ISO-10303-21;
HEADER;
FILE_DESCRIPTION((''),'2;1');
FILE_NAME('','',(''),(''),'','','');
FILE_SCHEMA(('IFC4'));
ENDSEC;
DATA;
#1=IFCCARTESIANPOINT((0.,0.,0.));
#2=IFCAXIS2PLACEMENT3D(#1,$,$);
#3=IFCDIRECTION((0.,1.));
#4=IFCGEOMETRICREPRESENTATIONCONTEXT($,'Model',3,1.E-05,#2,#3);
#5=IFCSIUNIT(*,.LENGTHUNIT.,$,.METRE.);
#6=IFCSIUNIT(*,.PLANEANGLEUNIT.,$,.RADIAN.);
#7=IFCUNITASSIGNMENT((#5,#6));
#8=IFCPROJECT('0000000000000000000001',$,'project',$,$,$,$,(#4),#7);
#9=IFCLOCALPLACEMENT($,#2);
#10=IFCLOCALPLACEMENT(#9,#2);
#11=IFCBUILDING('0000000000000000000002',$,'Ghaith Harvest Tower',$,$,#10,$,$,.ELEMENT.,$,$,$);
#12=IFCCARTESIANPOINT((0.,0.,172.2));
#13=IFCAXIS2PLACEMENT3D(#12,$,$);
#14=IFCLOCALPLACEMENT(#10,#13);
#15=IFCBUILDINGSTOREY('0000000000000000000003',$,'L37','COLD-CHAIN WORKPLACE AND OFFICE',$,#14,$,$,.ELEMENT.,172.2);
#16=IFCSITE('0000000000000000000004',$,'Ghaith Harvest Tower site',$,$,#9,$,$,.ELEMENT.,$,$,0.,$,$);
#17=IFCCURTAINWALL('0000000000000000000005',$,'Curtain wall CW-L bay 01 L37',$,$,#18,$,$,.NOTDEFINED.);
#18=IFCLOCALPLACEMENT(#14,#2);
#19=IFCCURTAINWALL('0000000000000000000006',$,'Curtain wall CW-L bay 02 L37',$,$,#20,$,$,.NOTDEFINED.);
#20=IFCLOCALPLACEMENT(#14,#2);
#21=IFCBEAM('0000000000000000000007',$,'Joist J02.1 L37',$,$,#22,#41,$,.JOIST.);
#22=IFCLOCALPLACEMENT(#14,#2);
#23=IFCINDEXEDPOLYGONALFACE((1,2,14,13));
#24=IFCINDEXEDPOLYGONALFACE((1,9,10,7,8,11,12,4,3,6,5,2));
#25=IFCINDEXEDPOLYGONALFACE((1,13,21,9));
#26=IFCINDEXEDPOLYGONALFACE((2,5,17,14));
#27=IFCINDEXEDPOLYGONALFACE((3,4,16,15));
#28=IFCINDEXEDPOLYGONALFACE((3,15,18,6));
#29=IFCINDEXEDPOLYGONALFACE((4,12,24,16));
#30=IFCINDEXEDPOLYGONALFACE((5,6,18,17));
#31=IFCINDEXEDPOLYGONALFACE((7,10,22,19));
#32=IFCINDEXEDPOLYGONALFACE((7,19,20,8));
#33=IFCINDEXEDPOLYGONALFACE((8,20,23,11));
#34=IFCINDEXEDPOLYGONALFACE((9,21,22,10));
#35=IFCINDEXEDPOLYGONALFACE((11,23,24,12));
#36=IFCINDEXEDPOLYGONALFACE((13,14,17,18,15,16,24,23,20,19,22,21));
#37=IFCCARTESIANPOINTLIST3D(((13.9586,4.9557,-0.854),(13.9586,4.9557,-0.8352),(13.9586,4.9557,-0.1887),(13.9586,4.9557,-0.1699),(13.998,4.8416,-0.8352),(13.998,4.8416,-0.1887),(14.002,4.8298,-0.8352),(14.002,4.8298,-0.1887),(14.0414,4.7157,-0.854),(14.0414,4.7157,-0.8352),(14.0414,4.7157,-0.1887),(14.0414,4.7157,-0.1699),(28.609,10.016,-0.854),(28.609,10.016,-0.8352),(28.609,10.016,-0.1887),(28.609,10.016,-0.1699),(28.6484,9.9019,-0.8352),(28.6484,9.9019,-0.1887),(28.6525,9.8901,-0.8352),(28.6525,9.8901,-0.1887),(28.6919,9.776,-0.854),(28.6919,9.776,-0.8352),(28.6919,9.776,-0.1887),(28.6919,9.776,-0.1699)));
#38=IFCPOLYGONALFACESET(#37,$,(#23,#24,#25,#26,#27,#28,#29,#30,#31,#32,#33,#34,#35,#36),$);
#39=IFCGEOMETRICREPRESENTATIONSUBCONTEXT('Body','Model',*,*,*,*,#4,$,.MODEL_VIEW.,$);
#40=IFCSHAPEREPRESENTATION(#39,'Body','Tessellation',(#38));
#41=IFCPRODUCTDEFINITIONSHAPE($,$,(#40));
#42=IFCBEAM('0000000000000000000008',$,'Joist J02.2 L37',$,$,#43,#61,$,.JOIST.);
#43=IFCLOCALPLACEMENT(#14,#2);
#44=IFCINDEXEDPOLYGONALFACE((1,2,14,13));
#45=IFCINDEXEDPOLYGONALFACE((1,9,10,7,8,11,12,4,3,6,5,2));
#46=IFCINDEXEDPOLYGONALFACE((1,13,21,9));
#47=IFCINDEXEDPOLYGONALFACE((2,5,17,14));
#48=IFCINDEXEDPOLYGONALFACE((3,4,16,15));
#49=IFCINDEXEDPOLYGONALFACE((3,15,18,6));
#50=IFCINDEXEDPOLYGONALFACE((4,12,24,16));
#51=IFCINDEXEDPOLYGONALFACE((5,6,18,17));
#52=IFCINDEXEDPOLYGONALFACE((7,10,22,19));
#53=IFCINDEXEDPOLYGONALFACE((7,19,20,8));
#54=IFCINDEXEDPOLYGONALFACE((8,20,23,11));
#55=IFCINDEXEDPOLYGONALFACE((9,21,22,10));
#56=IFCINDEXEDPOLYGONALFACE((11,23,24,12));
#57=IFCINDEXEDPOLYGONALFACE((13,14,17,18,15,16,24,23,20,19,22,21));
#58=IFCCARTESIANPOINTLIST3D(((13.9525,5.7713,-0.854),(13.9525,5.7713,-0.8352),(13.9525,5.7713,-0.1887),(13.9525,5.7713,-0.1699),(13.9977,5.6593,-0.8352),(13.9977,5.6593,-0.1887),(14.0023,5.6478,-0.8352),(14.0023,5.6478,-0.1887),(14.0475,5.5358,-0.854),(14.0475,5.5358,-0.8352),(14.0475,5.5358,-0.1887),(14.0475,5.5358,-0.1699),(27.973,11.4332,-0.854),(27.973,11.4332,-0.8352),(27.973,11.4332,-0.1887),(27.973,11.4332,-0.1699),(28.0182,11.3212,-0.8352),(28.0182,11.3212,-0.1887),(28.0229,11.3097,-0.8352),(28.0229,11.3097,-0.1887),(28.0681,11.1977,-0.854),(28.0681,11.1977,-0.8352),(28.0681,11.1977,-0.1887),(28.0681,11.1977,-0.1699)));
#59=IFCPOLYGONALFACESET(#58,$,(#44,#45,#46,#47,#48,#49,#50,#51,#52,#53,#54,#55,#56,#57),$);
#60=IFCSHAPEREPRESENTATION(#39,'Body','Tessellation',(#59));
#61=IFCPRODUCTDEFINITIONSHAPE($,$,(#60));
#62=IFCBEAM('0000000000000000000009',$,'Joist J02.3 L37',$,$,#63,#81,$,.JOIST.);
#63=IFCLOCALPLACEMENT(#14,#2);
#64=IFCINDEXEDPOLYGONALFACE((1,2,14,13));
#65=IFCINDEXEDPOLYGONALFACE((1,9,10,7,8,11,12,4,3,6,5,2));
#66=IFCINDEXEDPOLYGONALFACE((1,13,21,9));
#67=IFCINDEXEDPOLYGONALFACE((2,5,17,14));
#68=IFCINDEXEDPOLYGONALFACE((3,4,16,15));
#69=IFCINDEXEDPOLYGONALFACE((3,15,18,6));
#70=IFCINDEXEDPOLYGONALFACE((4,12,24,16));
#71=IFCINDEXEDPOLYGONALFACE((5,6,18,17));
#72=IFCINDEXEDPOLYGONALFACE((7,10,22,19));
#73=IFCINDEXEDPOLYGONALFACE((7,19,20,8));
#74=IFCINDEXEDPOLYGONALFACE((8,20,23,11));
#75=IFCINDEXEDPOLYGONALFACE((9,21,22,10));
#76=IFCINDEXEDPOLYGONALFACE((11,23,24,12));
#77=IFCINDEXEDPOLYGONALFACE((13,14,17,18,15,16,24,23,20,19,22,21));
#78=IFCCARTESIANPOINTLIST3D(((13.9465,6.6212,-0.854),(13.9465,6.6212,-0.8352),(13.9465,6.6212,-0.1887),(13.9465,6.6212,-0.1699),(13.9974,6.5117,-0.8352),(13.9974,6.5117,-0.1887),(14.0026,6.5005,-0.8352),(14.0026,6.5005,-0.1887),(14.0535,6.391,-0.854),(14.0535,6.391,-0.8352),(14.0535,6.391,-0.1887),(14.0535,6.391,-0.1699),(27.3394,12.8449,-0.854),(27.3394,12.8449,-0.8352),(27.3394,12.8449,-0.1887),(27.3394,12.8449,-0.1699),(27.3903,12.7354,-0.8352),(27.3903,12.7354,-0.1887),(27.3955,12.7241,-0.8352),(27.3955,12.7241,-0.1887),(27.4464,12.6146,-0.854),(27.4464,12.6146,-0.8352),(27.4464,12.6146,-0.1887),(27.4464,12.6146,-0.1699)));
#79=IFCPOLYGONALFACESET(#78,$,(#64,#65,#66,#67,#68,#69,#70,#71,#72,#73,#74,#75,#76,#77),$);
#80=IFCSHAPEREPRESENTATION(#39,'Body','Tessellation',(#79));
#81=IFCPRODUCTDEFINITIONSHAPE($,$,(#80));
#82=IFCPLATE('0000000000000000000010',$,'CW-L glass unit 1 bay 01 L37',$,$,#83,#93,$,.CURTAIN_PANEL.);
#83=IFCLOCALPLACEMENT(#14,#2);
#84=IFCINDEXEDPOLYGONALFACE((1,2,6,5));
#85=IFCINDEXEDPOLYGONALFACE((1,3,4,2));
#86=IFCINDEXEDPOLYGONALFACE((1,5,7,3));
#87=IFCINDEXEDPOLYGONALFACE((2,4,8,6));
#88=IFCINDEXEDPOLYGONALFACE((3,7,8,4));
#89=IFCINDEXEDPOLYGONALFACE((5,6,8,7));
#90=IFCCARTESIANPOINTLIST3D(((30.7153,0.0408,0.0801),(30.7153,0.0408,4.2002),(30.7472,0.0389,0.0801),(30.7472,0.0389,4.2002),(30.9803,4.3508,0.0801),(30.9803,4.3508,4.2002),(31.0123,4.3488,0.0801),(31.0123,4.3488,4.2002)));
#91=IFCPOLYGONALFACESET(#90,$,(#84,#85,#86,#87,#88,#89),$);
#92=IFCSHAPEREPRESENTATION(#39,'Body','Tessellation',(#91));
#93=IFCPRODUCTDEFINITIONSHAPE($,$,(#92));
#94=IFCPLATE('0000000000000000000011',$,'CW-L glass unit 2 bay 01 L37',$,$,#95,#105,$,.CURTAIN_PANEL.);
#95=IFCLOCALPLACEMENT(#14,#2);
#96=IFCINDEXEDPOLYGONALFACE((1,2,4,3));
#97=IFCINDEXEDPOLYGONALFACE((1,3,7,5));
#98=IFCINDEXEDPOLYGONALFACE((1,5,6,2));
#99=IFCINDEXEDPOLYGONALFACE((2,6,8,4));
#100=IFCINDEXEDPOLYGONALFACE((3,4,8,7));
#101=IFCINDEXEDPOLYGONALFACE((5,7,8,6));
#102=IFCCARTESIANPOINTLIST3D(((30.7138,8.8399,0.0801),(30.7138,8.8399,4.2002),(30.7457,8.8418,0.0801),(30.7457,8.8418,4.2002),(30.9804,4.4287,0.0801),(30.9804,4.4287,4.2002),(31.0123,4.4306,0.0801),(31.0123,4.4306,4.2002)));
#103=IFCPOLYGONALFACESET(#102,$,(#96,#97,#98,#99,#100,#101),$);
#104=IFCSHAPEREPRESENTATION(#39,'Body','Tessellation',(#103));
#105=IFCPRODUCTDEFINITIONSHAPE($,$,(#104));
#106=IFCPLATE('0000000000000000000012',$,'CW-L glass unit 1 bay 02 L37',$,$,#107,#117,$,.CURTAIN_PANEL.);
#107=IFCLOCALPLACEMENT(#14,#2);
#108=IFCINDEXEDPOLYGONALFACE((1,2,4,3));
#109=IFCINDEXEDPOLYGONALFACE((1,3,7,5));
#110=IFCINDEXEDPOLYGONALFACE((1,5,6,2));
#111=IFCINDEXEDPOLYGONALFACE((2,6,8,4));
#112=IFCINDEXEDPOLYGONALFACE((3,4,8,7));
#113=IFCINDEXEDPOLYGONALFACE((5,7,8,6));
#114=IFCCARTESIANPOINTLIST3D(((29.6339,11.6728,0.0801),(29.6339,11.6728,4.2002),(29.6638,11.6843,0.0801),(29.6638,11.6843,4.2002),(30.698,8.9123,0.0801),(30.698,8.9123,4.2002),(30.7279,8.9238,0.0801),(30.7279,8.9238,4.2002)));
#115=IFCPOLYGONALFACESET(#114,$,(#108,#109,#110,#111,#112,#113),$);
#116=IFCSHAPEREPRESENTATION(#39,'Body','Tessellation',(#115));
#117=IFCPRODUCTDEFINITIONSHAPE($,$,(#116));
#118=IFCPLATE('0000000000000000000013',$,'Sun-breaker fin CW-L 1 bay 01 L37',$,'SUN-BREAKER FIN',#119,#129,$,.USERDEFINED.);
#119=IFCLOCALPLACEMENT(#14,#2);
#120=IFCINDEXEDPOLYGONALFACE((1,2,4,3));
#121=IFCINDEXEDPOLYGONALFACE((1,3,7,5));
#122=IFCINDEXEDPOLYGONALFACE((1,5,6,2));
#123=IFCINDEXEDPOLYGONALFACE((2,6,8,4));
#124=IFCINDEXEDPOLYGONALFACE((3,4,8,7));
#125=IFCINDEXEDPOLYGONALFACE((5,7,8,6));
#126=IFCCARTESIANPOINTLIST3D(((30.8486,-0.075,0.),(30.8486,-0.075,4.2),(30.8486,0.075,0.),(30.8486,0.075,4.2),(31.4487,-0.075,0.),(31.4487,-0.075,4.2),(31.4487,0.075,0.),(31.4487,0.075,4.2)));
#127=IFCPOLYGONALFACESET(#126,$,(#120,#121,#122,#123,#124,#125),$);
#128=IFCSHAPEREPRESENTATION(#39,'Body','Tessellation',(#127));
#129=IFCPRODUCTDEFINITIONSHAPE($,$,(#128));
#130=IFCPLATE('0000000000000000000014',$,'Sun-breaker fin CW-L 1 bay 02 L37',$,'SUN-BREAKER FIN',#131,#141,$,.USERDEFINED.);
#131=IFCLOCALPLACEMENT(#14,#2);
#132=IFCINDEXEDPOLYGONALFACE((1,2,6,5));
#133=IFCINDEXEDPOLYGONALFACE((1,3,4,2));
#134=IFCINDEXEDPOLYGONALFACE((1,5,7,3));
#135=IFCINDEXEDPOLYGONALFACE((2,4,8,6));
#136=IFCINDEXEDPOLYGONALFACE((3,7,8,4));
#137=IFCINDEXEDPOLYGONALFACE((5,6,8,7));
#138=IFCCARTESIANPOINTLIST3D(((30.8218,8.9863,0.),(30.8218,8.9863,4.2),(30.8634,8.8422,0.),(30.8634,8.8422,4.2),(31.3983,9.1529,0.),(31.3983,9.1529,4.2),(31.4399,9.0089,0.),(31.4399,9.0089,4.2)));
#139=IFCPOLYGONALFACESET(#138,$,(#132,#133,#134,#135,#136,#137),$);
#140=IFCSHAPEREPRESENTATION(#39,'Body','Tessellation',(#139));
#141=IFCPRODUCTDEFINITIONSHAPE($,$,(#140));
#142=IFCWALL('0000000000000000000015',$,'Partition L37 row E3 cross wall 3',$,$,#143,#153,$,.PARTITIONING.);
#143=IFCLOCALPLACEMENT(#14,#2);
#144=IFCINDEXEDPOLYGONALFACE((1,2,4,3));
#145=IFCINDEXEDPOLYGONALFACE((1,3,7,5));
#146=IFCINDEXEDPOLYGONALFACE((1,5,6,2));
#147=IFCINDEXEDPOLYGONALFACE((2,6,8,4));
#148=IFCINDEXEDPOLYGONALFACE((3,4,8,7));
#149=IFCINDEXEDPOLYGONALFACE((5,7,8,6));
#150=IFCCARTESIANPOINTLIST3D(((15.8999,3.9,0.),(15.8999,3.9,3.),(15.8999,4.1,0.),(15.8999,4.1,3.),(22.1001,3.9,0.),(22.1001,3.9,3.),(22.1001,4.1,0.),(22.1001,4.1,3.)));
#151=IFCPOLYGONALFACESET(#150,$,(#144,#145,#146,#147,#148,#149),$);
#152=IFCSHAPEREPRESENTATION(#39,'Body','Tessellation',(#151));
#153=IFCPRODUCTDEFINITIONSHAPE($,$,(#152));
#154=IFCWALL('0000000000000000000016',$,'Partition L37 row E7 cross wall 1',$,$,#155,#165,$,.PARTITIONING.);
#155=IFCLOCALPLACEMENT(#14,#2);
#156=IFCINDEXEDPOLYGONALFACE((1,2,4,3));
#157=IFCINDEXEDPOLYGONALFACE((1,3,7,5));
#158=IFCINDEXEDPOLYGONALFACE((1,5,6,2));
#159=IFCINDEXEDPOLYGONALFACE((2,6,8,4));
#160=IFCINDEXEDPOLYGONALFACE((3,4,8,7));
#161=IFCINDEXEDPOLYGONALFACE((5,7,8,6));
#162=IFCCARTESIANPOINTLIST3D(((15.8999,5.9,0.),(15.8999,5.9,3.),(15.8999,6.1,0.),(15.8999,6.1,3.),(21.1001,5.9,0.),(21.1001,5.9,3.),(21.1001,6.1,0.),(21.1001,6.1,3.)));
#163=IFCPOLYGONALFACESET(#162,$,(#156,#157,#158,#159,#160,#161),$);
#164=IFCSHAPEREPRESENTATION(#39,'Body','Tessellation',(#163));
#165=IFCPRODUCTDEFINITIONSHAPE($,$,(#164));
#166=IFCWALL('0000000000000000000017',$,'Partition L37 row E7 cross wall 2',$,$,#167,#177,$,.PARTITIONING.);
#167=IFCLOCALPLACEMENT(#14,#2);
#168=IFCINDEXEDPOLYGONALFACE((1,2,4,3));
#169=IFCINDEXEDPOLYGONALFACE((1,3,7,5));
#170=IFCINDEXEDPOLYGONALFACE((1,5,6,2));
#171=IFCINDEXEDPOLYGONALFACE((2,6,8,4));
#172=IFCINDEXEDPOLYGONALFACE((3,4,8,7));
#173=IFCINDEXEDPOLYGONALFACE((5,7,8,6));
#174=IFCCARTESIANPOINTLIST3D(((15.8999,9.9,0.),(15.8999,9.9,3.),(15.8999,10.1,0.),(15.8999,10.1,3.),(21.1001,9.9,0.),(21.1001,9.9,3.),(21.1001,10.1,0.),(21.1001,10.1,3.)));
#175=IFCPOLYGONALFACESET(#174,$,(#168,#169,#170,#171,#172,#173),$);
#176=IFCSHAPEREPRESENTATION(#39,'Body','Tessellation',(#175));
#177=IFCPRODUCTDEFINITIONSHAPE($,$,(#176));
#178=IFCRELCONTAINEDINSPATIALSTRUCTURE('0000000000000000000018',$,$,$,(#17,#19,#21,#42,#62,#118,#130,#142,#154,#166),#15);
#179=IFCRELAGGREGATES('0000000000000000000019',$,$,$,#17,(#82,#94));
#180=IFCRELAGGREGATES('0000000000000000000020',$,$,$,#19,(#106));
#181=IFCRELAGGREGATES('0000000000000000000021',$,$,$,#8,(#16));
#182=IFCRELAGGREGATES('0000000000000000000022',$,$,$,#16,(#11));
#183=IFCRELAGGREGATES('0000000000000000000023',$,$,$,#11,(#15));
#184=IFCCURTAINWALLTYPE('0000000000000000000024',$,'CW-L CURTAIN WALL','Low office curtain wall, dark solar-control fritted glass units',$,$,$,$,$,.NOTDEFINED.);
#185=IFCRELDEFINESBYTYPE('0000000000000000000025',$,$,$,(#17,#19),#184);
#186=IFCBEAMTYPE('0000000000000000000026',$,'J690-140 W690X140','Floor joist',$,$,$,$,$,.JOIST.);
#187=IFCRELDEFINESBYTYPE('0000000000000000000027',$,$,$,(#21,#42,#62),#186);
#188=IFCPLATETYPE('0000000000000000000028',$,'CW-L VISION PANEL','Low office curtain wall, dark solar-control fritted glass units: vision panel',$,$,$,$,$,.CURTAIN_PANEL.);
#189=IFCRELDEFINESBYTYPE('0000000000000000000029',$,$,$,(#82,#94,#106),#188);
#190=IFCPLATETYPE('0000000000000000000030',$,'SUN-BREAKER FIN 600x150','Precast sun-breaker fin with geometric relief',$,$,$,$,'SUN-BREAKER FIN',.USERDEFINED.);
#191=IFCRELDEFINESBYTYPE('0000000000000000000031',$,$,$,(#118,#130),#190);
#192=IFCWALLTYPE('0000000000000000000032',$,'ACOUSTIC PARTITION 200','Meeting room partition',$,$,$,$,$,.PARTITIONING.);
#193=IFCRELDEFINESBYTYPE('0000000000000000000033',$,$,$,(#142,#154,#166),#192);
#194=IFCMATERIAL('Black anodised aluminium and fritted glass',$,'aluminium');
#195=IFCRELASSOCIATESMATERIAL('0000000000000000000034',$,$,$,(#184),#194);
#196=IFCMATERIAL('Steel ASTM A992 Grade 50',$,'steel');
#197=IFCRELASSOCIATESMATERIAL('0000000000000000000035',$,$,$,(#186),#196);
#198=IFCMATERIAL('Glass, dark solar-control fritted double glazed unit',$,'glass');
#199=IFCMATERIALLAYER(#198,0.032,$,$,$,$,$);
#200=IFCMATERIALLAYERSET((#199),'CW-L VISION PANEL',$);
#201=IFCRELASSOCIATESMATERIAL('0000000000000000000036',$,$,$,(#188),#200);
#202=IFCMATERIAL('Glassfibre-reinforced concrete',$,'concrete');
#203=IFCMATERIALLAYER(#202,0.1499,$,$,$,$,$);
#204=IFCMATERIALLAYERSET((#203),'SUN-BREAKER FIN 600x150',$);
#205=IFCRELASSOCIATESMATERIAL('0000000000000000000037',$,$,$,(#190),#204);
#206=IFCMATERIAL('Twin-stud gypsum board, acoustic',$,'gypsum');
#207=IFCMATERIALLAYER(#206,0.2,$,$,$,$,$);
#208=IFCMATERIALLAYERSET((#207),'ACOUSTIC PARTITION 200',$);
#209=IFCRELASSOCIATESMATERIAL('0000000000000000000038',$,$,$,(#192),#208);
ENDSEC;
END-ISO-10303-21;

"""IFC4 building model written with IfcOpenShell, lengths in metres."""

from ifc_helpers import new_model, si_unit, direction, frame, frame_2d, origin, origin_2d, place, context, subcontext, project, spatial, rectangle, i_section, extrude, material, layer, layer_set, material_profile, profile_set, type_object, element, aggregate, save


model = new_model("IFC4")

# Units and contexts
model_context = context("Model", 3, precision=1e-05, world=origin(), true_north=direction((0.0, 1.0)))
body_context = subcontext(model_context, "Body", "Model", "MODEL_VIEW")
ifc_project = project(units=[si_unit("LENGTHUNIT", "METRE"), si_unit("PLANEANGLEUNIT", "RADIAN")], contexts=[model_context])

# Site, building, storey
site_placement = place(None, origin())
site = spatial("IfcSite", under=ifc_project, at=site_placement, Name="Ghaith Harvest Tower site", CompositionType="ELEMENT", RefElevation=0.0)
building_placement = place(site_placement, origin())
building = spatial("IfcBuilding", under=site, at=building_placement, Name="Ghaith Harvest Tower", CompositionType="ELEMENT")
storey_placement = place(building_placement, frame((0.0, 0.0, 172.2)))
storey = spatial("IfcBuildingStorey", under=building, at=storey_placement, Name="L37", Description="COLD-CHAIN WORKPLACE AND OFFICE", CompositionType="ELEMENT", Elevation=172.2)

# Curtain walls
ifc_material_1 = material(Name="Black anodised aluminium and fritted glass", Category="aluminium")
curtain_wall_type = type_object("IfcCurtainWallType", Name="CW-L CURTAIN WALL", Description="Low office curtain wall, dark solar-control fritted glass units", PredefinedType="NOTDEFINED", material=ifc_material_1)
curtain_wall_1_placement = place(storey_placement, origin())
curtain_wall_1 = element("IfcCurtainWall", 1, at=curtain_wall_1_placement, inside=storey, type_object=curtain_wall_type, Name="Curtain wall CW-L bay 01 L37", PredefinedType="NOTDEFINED")
curtain_wall_2_placement = place(storey_placement, origin())
curtain_wall_2 = element("IfcCurtainWall", 2, at=curtain_wall_2_placement, inside=storey, type_object=curtain_wall_type, Name="Curtain wall CW-L bay 02 L37", PredefinedType="NOTDEFINED")

# Beams
ifc_material_2 = material(Name="Steel ASTM A992 Grade 50", Category="steel")
ifc_material_profile_1 = material_profile(ifc_material_2, i_section(OverallWidth=0.2539, OverallDepth=0.6841, WebThickness=0.0125, FlangeThickness=0.0188, at=origin_2d()), Name="W690X140")
ifc_profile_set_1 = profile_set([ifc_material_profile_1], Name="Steel ASTM A992 Grade 50")
beam_type_1 = type_object("IfcBeamType", Name="J690-140 W690X140", Description="Floor joist", PredefinedType="JOIST", material=ifc_profile_set_1)
beam_1_placement = place(storey_placement, frame((14.0, 4.8357, -0.512), z_axis=(0.945205, 0.326478, 0.0), x_axis=(-0.326478, 0.945205, 0.0)))
element("IfcBeam", 3, at=beam_1_placement, inside=storey, type_object=beam_type_1, Name="Joist J02.1 L37", PredefinedType="JOIST", context=body_context, shape_type="SweptSolid", body=[
    extrude(i_section(OverallWidth=0.2539, OverallDepth=0.6841, WebThickness=0.0125, FlangeThickness=0.0188, at=origin_2d()), origin(), (0.0, 0.0, 1.0), 15.4998),
])
beam_2_placement = place(storey_placement, frame((14.0, 5.6536, -0.512), z_axis=(0.927248, 0.374448, 0.0), x_axis=(-0.374448, 0.927248, 0.0)))
element("IfcBeam", 4, at=beam_2_placement, inside=storey, type_object=beam_type_1, Name="Joist J02.2 L37", PredefinedType="JOIST", context=body_context, shape_type="SweptSolid", body=[
    extrude(i_section(OverallWidth=0.2539, OverallDepth=0.6841, WebThickness=0.0125, FlangeThickness=0.0188, at=origin_2d()), origin(), (0.0, 0.0, 1.0), 15.1206),
])
beam_3_placement = place(storey_placement, frame((14.0, 6.5061, -0.512), z_axis=(0.906866, 0.42142, 0.0), x_axis=(-0.42142, 0.906866, 0.0)))
element("IfcBeam", 5, at=beam_3_placement, inside=storey, type_object=beam_type_1, Name="Joist J02.3 L37", PredefinedType="JOIST", context=body_context, shape_type="SweptSolid", body=[
    extrude(i_section(OverallWidth=0.2539, OverallDepth=0.6841, WebThickness=0.0125, FlangeThickness=0.0188, at=origin_2d()), origin(), (0.0, 0.0, 1.0), 14.7683),
])

# Plates
ifc_material_3 = material(Name="Glass, dark solar-control fritted double glazed unit", Category="glass")
ifc_layer_1 = layer(ifc_material_3, 0.032)
ifc_layer_set_1 = layer_set([ifc_layer_1], Name="CW-L VISION PANEL")
plate_type_1 = type_object("IfcPlateType", Name="CW-L VISION PANEL", Description="Low office curtain wall, dark solar-control fritted glass units: vision panel", PredefinedType="CURTAIN_PANEL", material=ifc_layer_set_1)
plate_1_placement = place(storey_placement, frame((30.8638, 2.1948, 0.0801), z_axis=(0.0, 0.0, 1.0), x_axis=(0.06138, 0.998114, 0.0)))
plate_1 = element("IfcPlate", 6, at=plate_1_placement, type_object=plate_type_1, Name="CW-L glass unit 1 bay 01 L37", PredefinedType="CURTAIN_PANEL", context=body_context, shape_type="SweptSolid", body=[
    extrude(rectangle(XDim=4.3181, YDim=0.032, at=origin_2d()), origin(), (0.0, 0.0, 1.0), 4.1201),
])
plate_2_placement = place(storey_placement, frame((30.863, 6.6353, 0.0801), z_axis=(0.0, 0.0, 1.0), x_axis=(-0.060321, 0.998179, 0.0)))
plate_2 = element("IfcPlate", 7, at=plate_2_placement, type_object=plate_type_1, Name="CW-L glass unit 2 bay 01 L37", PredefinedType="CURTAIN_PANEL", context=body_context, shape_type="SweptSolid", body=[
    extrude(rectangle(XDim=4.4192, YDim=0.032, at=origin_2d()), origin(), (0.0, 0.0, 1.0), 4.1201),
])
aggregate(curtain_wall_1, [plate_1, plate_2])
plate_3_placement = place(storey_placement, frame((30.1809, 10.2983, 0.0801), z_axis=(0.0, 0.0, 1.0), x_axis=(-0.359677, 0.933077, 0.0)))
plate_3 = element("IfcPlate", 8, at=plate_3_placement, type_object=plate_type_1, Name="CW-L glass unit 1 bay 02 L37", PredefinedType="CURTAIN_PANEL", context=body_context, shape_type="SweptSolid", body=[
    extrude(rectangle(XDim=2.9585, YDim=0.032, at=origin_2d()), origin(), (0.0, 0.0, 1.0), 4.1201),
])
aggregate(curtain_wall_2, [plate_3])

# Plates
ifc_material_4 = material(Name="Glassfibre-reinforced concrete", Category="concrete")
ifc_layer_2 = layer(ifc_material_4, 0.1499)
ifc_layer_set_2 = layer_set([ifc_layer_2], Name="SUN-BREAKER FIN 600x150")
plate_type_2 = type_object("IfcPlateType", Name="SUN-BREAKER FIN 600x150", Description="Precast sun-breaker fin with geometric relief", ElementType="SUN-BREAKER FIN", PredefinedType="USERDEFINED", material=ifc_layer_set_2)
for number, where, z_axis, x_axis, name in (
    (9, (31.1487, 0.0, 0.0), (0.0, 0.0, 1.0), (1.0, 0.0, 0.0), "Sun-breaker fin CW-L 1 bay 01 L37"),
    (10, (31.1309, 8.9976, 0.0), (0.0, 0.0, 1.0), (0.96068, 0.277657, 0.0), "Sun-breaker fin CW-L 1 bay 02 L37"),
):
    element("IfcPlate", number, at=place(storey_placement, frame(where, z_axis=z_axis, x_axis=x_axis)), inside=storey, type_object=plate_type_2, Name=name, ObjectType="SUN-BREAKER FIN", PredefinedType="USERDEFINED", context=body_context, shape_type="SweptSolid", body=[
        extrude(rectangle(XDim=0.6001, YDim=0.1499, at=origin_2d()), origin(), (0.0, 0.0, 1.0), 4.2),
    ])

# Walls
ifc_material_5 = material(Name="Twin-stud gypsum board, acoustic", Category="gypsum")
ifc_layer_3 = layer(ifc_material_5, 0.2)
ifc_layer_set_3 = layer_set([ifc_layer_3], Name="ACOUSTIC PARTITION 200")
wall_type_1 = type_object("IfcWallType", Name="ACOUSTIC PARTITION 200", Description="Meeting room partition", PredefinedType="PARTITIONING", material=ifc_layer_set_3)
wall_1_placement = place(storey_placement, frame((15.8999, 4.0, 0.0), z_axis=(0.0, 0.0, 1.0), x_axis=(1.0, 0.0, 0.0)))
element("IfcWall", 11, at=wall_1_placement, inside=storey, type_object=wall_type_1, Name="Partition L37 row E3 cross wall 3", PredefinedType="PARTITIONING", context=body_context, shape_type="SweptSolid", body=[
    extrude(rectangle(XDim=6.2002, YDim=0.2, at=frame_2d((3.1001, 0.0))), origin(), (0.0, 0.0, 1.0), 3.0),
])
for number, where, z_axis, x_axis, name in (
    (12, (15.8999, 6.0, 0.0), (0.0, 0.0, 1.0), (1.0, 0.0, 0.0), "Partition L37 row E7 cross wall 1"),
    (13, (15.8999, 10.0, 0.0), (0.0, 0.0, 1.0), (1.0, 0.0, 0.0), "Partition L37 row E7 cross wall 2"),
):
    element("IfcWall", number, at=place(storey_placement, frame(where, z_axis=z_axis, x_axis=x_axis)), inside=storey, type_object=wall_type_1, Name=name, PredefinedType="PARTITIONING", context=body_context, shape_type="SweptSolid", body=[
        extrude(rectangle(XDim=5.2002, YDim=0.2, at=frame_2d((2.6001, 0.0))), origin(), (0.0, 0.0, 1.0), 3.0),
    ])

save(model, "model.ifc")
